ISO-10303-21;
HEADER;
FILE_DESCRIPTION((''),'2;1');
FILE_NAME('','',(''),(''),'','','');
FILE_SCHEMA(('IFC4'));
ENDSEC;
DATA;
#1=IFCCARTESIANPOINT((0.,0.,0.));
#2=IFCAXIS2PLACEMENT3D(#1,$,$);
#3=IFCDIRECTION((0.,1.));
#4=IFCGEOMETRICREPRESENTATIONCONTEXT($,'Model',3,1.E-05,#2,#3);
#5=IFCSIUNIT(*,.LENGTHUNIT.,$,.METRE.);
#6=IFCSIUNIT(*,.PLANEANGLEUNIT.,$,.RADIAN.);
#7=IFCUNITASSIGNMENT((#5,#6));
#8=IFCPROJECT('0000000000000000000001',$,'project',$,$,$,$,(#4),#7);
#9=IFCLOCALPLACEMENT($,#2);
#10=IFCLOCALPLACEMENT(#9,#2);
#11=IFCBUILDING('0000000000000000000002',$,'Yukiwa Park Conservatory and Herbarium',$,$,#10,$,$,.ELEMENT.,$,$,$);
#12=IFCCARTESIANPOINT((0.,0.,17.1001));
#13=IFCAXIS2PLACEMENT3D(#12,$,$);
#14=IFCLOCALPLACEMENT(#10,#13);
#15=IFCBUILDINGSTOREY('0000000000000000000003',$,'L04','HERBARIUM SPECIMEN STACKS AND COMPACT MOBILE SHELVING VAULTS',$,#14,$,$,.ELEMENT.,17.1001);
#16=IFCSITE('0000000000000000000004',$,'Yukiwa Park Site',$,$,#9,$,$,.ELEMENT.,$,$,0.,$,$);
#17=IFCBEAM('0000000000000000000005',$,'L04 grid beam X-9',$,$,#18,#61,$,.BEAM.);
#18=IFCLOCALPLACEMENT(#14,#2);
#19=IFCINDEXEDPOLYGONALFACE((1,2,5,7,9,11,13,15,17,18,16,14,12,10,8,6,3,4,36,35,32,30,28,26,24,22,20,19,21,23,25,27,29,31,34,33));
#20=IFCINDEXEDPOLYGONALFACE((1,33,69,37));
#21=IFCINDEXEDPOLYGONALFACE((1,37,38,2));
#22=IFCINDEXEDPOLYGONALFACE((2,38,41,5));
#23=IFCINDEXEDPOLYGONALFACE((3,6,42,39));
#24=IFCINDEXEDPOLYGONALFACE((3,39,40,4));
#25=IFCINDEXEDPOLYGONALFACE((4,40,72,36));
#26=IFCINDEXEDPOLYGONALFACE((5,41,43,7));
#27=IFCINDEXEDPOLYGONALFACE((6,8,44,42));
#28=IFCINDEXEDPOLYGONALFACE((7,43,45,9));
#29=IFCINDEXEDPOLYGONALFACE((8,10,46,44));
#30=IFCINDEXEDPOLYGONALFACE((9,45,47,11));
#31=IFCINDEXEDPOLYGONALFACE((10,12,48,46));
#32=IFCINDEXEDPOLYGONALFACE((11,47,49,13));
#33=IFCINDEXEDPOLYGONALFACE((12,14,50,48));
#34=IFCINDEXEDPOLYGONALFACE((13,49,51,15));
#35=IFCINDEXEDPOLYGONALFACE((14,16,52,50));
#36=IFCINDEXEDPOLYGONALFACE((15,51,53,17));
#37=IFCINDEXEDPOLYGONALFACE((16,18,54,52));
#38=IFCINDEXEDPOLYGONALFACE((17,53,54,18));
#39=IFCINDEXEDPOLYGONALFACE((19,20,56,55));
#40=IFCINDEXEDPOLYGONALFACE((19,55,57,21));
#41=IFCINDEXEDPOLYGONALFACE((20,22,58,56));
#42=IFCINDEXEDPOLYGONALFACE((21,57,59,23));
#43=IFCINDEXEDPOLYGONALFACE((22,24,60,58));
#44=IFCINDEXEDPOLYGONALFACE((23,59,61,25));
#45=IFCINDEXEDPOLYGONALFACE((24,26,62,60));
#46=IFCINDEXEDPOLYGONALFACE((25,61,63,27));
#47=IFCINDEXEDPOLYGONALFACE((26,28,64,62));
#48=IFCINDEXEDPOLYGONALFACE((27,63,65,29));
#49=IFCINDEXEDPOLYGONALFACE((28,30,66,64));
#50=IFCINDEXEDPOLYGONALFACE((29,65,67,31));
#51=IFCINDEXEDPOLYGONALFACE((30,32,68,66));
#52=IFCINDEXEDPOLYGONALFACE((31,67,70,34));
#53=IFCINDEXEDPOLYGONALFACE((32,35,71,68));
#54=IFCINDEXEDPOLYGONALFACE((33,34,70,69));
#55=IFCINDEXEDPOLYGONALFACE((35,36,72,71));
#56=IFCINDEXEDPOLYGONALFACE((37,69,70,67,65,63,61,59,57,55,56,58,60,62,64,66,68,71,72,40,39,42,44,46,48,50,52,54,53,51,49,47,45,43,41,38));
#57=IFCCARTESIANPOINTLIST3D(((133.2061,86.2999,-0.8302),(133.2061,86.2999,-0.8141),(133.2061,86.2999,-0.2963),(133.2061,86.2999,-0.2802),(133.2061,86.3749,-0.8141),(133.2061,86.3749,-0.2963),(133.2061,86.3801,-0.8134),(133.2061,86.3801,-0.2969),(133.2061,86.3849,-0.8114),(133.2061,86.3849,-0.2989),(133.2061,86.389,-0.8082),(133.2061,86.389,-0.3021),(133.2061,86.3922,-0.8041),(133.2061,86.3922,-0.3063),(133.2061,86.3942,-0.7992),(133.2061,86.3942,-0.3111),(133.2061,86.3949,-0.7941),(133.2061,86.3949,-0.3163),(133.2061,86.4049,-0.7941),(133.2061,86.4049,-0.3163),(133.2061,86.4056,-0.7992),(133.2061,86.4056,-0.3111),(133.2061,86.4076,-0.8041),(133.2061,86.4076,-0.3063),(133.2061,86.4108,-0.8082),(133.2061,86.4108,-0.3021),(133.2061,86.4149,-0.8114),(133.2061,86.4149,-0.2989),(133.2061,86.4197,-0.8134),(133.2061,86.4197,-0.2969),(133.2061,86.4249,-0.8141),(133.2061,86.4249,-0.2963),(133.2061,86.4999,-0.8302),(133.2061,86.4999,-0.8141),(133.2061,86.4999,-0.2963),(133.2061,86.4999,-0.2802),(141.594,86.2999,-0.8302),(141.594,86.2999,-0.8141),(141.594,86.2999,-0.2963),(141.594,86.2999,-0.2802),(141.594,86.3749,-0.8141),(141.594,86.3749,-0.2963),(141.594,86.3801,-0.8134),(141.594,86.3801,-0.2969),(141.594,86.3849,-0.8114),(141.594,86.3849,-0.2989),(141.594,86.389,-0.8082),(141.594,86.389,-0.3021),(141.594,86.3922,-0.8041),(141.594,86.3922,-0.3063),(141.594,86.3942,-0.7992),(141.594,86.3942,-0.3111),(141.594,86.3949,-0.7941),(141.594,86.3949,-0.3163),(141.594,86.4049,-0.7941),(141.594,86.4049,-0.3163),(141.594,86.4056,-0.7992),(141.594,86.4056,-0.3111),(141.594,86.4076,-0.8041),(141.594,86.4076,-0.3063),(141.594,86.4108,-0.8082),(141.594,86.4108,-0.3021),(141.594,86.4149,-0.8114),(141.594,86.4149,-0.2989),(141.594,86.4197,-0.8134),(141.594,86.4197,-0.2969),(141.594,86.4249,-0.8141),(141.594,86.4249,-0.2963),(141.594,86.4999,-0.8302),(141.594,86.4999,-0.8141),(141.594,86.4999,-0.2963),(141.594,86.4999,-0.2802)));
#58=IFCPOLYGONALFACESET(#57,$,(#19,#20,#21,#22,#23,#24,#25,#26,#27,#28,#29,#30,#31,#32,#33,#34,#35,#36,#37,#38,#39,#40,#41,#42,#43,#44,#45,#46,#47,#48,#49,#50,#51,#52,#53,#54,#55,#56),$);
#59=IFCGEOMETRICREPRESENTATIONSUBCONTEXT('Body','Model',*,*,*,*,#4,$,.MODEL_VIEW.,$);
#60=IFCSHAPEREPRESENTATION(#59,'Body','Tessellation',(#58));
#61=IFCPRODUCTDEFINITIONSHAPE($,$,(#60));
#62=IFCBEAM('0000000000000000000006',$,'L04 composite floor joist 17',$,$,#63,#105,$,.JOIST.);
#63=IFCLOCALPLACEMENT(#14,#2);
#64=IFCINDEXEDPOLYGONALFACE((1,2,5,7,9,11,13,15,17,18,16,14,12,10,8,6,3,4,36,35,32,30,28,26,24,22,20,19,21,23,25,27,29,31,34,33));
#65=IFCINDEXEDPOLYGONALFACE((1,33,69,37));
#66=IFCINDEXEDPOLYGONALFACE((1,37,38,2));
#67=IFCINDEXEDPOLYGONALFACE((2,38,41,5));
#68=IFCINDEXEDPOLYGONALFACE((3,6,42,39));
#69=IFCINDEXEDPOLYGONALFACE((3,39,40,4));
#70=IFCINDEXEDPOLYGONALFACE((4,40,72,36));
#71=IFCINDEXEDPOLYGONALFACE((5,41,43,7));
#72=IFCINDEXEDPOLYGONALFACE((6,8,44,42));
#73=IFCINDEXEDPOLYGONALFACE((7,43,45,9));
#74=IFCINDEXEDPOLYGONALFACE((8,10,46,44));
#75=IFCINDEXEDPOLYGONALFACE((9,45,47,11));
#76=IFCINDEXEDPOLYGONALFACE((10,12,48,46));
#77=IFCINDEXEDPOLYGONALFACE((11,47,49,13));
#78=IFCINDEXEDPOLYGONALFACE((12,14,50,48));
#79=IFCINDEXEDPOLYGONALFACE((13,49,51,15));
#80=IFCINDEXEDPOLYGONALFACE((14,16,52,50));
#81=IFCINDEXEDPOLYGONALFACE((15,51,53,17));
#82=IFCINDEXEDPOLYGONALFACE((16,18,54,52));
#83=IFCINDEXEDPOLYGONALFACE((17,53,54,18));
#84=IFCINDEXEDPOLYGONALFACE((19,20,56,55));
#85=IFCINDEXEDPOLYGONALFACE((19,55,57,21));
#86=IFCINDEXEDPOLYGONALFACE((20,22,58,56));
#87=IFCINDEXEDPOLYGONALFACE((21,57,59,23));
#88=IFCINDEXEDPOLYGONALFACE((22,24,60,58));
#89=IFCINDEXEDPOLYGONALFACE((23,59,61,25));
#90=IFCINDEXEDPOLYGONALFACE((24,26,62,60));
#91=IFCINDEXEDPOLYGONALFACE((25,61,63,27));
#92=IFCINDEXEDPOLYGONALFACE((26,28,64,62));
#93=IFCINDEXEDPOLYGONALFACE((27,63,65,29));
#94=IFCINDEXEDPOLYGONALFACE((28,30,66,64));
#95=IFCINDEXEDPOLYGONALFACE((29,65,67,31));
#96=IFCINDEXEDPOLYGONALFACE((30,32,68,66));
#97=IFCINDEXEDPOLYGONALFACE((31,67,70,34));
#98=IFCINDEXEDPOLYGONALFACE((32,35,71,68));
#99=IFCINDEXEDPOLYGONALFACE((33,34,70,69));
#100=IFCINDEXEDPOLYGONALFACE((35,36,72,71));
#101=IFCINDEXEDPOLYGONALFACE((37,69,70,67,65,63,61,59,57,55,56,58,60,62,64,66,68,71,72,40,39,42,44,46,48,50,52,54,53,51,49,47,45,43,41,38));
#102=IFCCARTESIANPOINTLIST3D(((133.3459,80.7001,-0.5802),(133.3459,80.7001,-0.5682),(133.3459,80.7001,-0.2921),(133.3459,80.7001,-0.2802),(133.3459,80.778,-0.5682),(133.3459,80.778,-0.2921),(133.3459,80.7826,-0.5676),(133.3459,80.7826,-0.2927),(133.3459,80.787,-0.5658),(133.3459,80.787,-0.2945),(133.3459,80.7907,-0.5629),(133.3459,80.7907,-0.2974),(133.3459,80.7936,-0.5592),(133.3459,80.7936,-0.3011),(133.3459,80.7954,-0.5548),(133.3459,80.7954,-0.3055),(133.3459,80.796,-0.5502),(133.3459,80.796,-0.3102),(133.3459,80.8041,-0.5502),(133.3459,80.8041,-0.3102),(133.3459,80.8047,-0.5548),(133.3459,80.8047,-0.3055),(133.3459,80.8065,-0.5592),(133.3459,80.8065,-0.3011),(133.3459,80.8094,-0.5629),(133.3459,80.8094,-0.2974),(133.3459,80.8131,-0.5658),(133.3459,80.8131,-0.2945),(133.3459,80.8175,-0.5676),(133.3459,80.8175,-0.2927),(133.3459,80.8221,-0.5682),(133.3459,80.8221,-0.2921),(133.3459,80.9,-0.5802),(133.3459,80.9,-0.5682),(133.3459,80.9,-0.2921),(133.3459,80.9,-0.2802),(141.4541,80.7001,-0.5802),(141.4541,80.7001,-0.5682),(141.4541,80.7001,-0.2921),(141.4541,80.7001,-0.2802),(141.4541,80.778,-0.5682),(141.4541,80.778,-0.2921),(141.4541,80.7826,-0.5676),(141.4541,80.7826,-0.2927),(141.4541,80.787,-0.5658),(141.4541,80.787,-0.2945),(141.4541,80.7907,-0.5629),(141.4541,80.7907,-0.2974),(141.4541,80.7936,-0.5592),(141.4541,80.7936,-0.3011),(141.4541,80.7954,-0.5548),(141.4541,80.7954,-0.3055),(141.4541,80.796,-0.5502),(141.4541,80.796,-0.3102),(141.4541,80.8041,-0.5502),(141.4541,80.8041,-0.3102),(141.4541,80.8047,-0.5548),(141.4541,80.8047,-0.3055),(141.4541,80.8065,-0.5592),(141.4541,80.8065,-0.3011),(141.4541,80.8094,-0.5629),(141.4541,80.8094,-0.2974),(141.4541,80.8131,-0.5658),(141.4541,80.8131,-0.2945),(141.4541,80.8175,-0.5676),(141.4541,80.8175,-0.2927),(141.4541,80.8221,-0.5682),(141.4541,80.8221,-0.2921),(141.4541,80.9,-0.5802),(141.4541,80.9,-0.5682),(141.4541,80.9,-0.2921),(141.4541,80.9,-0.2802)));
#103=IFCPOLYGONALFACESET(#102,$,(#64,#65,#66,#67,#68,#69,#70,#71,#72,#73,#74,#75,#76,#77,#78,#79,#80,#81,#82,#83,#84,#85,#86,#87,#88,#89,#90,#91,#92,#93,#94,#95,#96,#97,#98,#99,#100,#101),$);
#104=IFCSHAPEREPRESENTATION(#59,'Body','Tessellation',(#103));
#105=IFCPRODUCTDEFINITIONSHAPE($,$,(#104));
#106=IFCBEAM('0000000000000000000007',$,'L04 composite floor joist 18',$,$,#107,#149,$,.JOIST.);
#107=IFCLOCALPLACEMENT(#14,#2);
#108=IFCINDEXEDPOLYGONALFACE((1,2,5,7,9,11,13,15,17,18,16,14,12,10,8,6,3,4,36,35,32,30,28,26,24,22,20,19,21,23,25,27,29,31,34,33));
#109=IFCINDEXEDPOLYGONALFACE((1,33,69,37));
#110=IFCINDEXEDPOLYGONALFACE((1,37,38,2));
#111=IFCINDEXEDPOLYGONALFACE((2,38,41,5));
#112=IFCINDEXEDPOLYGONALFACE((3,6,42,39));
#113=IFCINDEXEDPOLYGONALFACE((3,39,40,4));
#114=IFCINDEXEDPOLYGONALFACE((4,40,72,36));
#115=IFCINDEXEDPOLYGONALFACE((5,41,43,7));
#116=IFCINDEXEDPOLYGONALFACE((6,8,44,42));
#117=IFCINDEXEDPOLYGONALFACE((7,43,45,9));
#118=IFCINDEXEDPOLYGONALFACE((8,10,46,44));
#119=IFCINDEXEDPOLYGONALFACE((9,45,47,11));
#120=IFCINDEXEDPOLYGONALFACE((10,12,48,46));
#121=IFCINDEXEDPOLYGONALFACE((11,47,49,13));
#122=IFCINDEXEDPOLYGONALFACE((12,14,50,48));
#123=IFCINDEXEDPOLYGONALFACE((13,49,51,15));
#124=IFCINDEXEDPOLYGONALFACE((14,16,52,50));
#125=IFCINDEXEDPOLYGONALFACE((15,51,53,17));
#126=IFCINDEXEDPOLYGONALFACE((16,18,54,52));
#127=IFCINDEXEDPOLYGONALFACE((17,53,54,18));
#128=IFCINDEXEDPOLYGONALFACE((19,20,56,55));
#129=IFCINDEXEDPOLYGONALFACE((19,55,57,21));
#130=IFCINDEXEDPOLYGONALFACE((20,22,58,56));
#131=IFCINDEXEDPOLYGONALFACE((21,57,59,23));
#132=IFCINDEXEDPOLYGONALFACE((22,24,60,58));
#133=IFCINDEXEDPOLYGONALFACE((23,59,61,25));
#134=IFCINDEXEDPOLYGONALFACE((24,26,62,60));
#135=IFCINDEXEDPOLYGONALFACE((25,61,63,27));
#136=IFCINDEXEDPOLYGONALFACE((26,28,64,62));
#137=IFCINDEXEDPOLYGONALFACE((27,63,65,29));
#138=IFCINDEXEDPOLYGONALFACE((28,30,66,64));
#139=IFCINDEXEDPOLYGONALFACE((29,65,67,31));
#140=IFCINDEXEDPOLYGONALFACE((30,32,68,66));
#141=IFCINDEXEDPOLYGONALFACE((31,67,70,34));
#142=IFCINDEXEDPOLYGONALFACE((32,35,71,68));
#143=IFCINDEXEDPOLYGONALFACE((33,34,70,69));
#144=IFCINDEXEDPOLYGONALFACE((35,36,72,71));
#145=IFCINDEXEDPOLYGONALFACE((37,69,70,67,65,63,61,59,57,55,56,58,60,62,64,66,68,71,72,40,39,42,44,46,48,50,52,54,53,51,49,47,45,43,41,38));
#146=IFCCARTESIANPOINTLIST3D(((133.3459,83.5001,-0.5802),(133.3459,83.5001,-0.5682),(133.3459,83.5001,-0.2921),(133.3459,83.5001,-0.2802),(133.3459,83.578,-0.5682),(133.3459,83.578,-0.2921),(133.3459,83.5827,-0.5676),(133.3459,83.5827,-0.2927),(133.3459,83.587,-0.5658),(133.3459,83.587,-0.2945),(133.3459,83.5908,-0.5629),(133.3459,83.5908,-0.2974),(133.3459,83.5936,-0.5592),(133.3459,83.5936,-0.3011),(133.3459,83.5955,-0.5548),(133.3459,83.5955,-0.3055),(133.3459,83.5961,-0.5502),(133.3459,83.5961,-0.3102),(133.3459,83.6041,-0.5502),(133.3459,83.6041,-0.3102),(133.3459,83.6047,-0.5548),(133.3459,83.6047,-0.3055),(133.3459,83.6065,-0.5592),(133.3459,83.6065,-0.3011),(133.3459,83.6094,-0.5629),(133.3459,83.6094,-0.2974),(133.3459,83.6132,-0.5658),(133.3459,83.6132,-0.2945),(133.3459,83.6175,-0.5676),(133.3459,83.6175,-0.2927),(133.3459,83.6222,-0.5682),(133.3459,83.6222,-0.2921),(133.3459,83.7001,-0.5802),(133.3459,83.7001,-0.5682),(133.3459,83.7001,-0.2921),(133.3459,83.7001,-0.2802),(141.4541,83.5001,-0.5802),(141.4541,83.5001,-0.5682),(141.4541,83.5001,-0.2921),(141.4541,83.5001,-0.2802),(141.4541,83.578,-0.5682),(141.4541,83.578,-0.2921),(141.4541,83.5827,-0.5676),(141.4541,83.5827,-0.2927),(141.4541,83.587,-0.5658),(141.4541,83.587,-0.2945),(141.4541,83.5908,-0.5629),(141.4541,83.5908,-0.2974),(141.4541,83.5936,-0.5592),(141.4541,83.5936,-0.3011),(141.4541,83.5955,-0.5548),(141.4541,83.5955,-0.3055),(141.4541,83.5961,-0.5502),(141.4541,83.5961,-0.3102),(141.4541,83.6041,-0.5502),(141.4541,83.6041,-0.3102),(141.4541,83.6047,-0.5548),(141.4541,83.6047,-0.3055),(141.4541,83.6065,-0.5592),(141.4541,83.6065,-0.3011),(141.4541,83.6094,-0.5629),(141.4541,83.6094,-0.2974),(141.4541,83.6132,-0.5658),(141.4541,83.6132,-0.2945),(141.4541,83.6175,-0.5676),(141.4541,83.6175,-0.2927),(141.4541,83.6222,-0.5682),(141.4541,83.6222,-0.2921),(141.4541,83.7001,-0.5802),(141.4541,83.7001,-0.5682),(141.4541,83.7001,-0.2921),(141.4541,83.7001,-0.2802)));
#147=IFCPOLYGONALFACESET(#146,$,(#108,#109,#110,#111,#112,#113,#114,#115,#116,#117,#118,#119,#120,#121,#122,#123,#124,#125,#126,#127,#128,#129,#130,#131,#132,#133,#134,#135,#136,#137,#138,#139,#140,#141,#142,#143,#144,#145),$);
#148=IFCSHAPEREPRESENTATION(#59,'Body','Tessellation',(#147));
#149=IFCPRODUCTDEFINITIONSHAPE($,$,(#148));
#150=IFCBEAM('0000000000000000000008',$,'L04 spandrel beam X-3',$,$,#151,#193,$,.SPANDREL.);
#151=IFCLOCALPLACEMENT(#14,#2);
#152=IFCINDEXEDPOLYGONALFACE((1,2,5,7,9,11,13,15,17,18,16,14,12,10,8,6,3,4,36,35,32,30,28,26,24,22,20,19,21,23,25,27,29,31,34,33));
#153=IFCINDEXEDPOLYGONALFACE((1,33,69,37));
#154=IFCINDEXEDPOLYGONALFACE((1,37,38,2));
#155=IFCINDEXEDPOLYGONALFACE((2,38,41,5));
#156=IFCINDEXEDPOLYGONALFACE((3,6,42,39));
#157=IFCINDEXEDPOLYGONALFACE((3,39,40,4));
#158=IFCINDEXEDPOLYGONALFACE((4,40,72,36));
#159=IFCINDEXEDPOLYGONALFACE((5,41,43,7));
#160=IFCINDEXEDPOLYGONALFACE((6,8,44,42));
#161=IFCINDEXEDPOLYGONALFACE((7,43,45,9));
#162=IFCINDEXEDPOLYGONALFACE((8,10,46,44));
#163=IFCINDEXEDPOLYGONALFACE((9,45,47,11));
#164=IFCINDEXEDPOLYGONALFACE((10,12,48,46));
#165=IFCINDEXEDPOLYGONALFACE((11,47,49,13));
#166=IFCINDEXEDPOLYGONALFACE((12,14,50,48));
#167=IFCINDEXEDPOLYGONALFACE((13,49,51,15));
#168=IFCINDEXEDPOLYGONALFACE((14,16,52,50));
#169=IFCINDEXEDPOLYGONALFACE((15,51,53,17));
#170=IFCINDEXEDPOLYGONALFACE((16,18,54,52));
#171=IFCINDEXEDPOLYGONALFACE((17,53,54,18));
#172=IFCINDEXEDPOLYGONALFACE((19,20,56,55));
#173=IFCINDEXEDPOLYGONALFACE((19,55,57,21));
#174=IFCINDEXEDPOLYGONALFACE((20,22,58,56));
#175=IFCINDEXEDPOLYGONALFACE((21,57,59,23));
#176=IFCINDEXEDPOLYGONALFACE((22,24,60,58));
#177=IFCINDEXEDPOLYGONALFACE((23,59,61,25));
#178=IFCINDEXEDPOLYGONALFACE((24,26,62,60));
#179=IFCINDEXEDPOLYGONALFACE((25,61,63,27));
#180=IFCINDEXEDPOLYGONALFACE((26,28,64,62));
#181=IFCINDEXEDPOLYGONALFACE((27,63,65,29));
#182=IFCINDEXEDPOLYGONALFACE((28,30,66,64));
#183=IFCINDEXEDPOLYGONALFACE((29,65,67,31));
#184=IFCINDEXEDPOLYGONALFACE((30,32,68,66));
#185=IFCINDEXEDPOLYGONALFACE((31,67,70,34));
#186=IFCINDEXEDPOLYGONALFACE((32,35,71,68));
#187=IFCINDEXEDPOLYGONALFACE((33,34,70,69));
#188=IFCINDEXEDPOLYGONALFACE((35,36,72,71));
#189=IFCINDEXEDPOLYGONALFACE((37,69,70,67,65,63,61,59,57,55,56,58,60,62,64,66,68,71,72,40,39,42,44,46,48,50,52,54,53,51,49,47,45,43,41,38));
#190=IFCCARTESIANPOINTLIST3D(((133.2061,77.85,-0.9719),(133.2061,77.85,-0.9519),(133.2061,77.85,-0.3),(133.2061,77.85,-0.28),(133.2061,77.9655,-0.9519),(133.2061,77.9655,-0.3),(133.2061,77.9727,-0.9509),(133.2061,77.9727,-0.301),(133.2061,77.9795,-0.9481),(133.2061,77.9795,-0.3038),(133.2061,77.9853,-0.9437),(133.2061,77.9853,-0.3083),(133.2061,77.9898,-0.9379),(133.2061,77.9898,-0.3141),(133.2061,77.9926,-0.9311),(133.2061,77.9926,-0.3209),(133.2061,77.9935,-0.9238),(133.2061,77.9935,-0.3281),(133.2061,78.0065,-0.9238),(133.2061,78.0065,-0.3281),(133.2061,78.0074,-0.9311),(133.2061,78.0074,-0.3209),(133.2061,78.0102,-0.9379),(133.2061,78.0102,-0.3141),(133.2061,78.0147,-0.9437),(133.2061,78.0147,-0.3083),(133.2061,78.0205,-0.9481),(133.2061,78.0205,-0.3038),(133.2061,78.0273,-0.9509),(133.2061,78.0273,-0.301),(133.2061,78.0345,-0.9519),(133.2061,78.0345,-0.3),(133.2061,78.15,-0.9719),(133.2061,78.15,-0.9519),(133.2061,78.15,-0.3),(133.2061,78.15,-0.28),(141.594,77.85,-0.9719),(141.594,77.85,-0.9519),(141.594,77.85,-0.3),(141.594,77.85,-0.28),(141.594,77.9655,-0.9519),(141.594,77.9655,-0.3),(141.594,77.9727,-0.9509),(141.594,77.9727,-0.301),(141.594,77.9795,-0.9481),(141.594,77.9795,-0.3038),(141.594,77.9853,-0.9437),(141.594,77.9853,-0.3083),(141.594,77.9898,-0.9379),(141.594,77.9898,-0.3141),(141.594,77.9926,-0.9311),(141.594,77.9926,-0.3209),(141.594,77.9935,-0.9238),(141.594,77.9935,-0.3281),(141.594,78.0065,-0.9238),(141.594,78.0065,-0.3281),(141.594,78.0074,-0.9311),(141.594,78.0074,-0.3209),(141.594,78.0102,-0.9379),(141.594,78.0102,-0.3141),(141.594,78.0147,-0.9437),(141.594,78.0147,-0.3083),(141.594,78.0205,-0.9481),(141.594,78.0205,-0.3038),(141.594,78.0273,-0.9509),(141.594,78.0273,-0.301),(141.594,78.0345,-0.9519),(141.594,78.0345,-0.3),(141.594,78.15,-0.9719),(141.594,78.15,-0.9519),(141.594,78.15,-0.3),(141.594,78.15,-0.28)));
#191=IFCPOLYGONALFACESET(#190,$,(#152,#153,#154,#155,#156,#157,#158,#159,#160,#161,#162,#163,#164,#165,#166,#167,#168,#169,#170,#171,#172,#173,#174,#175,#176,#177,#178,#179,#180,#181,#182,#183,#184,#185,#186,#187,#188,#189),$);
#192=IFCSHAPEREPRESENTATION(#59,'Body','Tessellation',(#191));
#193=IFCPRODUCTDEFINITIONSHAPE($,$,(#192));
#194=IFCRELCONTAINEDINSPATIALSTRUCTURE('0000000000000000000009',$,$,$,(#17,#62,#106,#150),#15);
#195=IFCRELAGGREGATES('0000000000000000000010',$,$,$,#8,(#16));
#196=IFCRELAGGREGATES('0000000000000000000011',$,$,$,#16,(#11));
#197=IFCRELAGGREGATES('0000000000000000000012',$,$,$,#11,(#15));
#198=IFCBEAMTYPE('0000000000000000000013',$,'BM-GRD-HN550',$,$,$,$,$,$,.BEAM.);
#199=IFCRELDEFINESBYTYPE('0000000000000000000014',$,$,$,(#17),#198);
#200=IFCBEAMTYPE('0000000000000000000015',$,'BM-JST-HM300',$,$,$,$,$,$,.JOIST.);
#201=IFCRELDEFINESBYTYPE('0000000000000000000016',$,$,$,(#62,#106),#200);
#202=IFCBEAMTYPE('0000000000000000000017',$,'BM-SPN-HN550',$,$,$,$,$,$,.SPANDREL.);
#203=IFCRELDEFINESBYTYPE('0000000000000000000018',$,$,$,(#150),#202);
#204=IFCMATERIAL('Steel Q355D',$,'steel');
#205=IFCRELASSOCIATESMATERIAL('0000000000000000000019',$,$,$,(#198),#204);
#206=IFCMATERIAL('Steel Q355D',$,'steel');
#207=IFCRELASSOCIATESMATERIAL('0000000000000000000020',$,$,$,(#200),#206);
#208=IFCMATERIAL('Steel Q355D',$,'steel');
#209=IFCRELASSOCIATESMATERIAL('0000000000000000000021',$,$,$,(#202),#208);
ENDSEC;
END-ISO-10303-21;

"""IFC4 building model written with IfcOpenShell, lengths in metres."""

from ifc_helpers import new_model, si_unit, direction, frame, origin, origin_2d, place, context, subcontext, project, spatial, i_section, extrude, material, material_profile, profile_set, type_object, element, save


model = new_model("IFC4")

# Units and contexts
model_context = context("Model", 3, precision=1e-05, world=origin(), true_north=direction((0.0, 1.0)))
body_context = subcontext(model_context, "Body", "Model", "MODEL_VIEW")
ifc_project = project(units=[si_unit("LENGTHUNIT", "METRE"), si_unit("PLANEANGLEUNIT", "RADIAN")], contexts=[model_context])

# Site, building, storey
site_placement = place(None, origin())
site = spatial("IfcSite", under=ifc_project, at=site_placement, Name="Yukiwa Park Site", CompositionType="ELEMENT", RefElevation=0.0)
building_placement = place(site_placement, origin())
building = spatial("IfcBuilding", under=site, at=building_placement, Name="Yukiwa Park Conservatory and Herbarium", CompositionType="ELEMENT")
storey_placement = place(building_placement, frame((0.0, 0.0, 17.1001)))
storey = spatial("IfcBuildingStorey", under=building, at=storey_placement, Name="L04", Description="HERBARIUM SPECIMEN STACKS AND COMPACT MOBILE SHELVING VAULTS", CompositionType="ELEMENT", Elevation=17.1001)

# Beams
ifc_material_1 = material(Name="Steel Q355D", Category="steel")
ifc_material_profile_1 = material_profile(ifc_material_1, i_section(OverallWidth=0.2, OverallDepth=0.55, WebThickness=0.01, FlangeThickness=0.0161, FilletRadius=0.02, at=origin_2d()), Name="HN 550x200x10x16")
ifc_profile_set_1 = profile_set([ifc_material_profile_1], Name="Steel Q355D")
beam_type_1 = type_object("IfcBeamType", Name="BM-GRD-HN550", PredefinedType="BEAM", material=ifc_profile_set_1)
beam_1_placement = place(storey_placement, frame((133.2061, 86.3999, -0.5552), z_axis=(1.0, 0.0, 0.0), x_axis=(0.0, 1.0, 0.0)))
element("IfcBeam", 1, at=beam_1_placement, inside=storey, type_object=beam_type_1, Name="L04 grid beam X-9", PredefinedType="BEAM", context=body_context, shape_type="SweptSolid", body=[
    extrude(i_section(OverallWidth=0.2, OverallDepth=0.55, WebThickness=0.01, FlangeThickness=0.0161, FilletRadius=0.02, at=origin_2d()), origin(), (0.0, 0.0, 1.0), 8.3879),
])
ifc_material_2 = material(Name="Steel Q355D", Category="steel")
ifc_material_profile_2 = material_profile(ifc_material_2, i_section(OverallWidth=0.2, OverallDepth=0.3, WebThickness=0.0081, FlangeThickness=0.012, FilletRadius=0.0181, at=origin_2d()), Name="HM 300x200x8x12")
ifc_profile_set_2 = profile_set([ifc_material_profile_2], Name="Steel Q355D")
beam_type_2 = type_object("IfcBeamType", Name="BM-JST-HM300", PredefinedType="JOIST", material=ifc_profile_set_2)
for number, where, z_axis, x_axis, name in (
    (2, (133.3459, 80.8, -0.4302), (1.0, 0.0, 0.0), (0.0, 1.0, 0.0), "L04 composite floor joist 17"),
    (3, (133.3459, 83.6001, -0.4302), (1.0, 0.0, 0.0), (0.0, 1.0, 0.0), "L04 composite floor joist 18"),
):
    element("IfcBeam", number, at=place(storey_placement, frame(where, z_axis=z_axis, x_axis=x_axis)), inside=storey, type_object=beam_type_2, Name=name, PredefinedType="JOIST", context=body_context, shape_type="SweptSolid", body=[
        extrude(i_section(OverallWidth=0.2, OverallDepth=0.3, WebThickness=0.0081, FlangeThickness=0.012, FilletRadius=0.0181, at=origin_2d()), origin(), (0.0, 0.0, 1.0), 8.1082),
    ])
ifc_material_3 = material(Name="Steel Q355D", Category="steel")
ifc_material_profile_3 = material_profile(ifc_material_3, i_section(OverallWidth=0.3, OverallDepth=0.6919, WebThickness=0.0129, FlangeThickness=0.02, FilletRadius=0.0281, at=origin_2d()), Name="HN 692x300x13x20")
ifc_profile_set_3 = profile_set([ifc_material_profile_3], Name="Steel Q355D")
beam_type_3 = type_object("IfcBeamType", Name="BM-SPN-HN550", PredefinedType="SPANDREL", material=ifc_profile_set_3)
beam_2_placement = place(storey_placement, frame((133.2061, 78.0, -0.626), z_axis=(1.0, 0.0, 0.0), x_axis=(0.0, 1.0, 0.0)))
element("IfcBeam", 4, at=beam_2_placement, inside=storey, type_object=beam_type_3, Name="L04 spandrel beam X-3", PredefinedType="SPANDREL", context=body_context, shape_type="SweptSolid", body=[
    extrude(i_section(OverallWidth=0.3, OverallDepth=0.6919, WebThickness=0.0129, FlangeThickness=0.02, FilletRadius=0.0281, at=origin_2d()), origin(), (0.0, 0.0, 1.0), 8.3879),
])

save(model, "model.ifc")
